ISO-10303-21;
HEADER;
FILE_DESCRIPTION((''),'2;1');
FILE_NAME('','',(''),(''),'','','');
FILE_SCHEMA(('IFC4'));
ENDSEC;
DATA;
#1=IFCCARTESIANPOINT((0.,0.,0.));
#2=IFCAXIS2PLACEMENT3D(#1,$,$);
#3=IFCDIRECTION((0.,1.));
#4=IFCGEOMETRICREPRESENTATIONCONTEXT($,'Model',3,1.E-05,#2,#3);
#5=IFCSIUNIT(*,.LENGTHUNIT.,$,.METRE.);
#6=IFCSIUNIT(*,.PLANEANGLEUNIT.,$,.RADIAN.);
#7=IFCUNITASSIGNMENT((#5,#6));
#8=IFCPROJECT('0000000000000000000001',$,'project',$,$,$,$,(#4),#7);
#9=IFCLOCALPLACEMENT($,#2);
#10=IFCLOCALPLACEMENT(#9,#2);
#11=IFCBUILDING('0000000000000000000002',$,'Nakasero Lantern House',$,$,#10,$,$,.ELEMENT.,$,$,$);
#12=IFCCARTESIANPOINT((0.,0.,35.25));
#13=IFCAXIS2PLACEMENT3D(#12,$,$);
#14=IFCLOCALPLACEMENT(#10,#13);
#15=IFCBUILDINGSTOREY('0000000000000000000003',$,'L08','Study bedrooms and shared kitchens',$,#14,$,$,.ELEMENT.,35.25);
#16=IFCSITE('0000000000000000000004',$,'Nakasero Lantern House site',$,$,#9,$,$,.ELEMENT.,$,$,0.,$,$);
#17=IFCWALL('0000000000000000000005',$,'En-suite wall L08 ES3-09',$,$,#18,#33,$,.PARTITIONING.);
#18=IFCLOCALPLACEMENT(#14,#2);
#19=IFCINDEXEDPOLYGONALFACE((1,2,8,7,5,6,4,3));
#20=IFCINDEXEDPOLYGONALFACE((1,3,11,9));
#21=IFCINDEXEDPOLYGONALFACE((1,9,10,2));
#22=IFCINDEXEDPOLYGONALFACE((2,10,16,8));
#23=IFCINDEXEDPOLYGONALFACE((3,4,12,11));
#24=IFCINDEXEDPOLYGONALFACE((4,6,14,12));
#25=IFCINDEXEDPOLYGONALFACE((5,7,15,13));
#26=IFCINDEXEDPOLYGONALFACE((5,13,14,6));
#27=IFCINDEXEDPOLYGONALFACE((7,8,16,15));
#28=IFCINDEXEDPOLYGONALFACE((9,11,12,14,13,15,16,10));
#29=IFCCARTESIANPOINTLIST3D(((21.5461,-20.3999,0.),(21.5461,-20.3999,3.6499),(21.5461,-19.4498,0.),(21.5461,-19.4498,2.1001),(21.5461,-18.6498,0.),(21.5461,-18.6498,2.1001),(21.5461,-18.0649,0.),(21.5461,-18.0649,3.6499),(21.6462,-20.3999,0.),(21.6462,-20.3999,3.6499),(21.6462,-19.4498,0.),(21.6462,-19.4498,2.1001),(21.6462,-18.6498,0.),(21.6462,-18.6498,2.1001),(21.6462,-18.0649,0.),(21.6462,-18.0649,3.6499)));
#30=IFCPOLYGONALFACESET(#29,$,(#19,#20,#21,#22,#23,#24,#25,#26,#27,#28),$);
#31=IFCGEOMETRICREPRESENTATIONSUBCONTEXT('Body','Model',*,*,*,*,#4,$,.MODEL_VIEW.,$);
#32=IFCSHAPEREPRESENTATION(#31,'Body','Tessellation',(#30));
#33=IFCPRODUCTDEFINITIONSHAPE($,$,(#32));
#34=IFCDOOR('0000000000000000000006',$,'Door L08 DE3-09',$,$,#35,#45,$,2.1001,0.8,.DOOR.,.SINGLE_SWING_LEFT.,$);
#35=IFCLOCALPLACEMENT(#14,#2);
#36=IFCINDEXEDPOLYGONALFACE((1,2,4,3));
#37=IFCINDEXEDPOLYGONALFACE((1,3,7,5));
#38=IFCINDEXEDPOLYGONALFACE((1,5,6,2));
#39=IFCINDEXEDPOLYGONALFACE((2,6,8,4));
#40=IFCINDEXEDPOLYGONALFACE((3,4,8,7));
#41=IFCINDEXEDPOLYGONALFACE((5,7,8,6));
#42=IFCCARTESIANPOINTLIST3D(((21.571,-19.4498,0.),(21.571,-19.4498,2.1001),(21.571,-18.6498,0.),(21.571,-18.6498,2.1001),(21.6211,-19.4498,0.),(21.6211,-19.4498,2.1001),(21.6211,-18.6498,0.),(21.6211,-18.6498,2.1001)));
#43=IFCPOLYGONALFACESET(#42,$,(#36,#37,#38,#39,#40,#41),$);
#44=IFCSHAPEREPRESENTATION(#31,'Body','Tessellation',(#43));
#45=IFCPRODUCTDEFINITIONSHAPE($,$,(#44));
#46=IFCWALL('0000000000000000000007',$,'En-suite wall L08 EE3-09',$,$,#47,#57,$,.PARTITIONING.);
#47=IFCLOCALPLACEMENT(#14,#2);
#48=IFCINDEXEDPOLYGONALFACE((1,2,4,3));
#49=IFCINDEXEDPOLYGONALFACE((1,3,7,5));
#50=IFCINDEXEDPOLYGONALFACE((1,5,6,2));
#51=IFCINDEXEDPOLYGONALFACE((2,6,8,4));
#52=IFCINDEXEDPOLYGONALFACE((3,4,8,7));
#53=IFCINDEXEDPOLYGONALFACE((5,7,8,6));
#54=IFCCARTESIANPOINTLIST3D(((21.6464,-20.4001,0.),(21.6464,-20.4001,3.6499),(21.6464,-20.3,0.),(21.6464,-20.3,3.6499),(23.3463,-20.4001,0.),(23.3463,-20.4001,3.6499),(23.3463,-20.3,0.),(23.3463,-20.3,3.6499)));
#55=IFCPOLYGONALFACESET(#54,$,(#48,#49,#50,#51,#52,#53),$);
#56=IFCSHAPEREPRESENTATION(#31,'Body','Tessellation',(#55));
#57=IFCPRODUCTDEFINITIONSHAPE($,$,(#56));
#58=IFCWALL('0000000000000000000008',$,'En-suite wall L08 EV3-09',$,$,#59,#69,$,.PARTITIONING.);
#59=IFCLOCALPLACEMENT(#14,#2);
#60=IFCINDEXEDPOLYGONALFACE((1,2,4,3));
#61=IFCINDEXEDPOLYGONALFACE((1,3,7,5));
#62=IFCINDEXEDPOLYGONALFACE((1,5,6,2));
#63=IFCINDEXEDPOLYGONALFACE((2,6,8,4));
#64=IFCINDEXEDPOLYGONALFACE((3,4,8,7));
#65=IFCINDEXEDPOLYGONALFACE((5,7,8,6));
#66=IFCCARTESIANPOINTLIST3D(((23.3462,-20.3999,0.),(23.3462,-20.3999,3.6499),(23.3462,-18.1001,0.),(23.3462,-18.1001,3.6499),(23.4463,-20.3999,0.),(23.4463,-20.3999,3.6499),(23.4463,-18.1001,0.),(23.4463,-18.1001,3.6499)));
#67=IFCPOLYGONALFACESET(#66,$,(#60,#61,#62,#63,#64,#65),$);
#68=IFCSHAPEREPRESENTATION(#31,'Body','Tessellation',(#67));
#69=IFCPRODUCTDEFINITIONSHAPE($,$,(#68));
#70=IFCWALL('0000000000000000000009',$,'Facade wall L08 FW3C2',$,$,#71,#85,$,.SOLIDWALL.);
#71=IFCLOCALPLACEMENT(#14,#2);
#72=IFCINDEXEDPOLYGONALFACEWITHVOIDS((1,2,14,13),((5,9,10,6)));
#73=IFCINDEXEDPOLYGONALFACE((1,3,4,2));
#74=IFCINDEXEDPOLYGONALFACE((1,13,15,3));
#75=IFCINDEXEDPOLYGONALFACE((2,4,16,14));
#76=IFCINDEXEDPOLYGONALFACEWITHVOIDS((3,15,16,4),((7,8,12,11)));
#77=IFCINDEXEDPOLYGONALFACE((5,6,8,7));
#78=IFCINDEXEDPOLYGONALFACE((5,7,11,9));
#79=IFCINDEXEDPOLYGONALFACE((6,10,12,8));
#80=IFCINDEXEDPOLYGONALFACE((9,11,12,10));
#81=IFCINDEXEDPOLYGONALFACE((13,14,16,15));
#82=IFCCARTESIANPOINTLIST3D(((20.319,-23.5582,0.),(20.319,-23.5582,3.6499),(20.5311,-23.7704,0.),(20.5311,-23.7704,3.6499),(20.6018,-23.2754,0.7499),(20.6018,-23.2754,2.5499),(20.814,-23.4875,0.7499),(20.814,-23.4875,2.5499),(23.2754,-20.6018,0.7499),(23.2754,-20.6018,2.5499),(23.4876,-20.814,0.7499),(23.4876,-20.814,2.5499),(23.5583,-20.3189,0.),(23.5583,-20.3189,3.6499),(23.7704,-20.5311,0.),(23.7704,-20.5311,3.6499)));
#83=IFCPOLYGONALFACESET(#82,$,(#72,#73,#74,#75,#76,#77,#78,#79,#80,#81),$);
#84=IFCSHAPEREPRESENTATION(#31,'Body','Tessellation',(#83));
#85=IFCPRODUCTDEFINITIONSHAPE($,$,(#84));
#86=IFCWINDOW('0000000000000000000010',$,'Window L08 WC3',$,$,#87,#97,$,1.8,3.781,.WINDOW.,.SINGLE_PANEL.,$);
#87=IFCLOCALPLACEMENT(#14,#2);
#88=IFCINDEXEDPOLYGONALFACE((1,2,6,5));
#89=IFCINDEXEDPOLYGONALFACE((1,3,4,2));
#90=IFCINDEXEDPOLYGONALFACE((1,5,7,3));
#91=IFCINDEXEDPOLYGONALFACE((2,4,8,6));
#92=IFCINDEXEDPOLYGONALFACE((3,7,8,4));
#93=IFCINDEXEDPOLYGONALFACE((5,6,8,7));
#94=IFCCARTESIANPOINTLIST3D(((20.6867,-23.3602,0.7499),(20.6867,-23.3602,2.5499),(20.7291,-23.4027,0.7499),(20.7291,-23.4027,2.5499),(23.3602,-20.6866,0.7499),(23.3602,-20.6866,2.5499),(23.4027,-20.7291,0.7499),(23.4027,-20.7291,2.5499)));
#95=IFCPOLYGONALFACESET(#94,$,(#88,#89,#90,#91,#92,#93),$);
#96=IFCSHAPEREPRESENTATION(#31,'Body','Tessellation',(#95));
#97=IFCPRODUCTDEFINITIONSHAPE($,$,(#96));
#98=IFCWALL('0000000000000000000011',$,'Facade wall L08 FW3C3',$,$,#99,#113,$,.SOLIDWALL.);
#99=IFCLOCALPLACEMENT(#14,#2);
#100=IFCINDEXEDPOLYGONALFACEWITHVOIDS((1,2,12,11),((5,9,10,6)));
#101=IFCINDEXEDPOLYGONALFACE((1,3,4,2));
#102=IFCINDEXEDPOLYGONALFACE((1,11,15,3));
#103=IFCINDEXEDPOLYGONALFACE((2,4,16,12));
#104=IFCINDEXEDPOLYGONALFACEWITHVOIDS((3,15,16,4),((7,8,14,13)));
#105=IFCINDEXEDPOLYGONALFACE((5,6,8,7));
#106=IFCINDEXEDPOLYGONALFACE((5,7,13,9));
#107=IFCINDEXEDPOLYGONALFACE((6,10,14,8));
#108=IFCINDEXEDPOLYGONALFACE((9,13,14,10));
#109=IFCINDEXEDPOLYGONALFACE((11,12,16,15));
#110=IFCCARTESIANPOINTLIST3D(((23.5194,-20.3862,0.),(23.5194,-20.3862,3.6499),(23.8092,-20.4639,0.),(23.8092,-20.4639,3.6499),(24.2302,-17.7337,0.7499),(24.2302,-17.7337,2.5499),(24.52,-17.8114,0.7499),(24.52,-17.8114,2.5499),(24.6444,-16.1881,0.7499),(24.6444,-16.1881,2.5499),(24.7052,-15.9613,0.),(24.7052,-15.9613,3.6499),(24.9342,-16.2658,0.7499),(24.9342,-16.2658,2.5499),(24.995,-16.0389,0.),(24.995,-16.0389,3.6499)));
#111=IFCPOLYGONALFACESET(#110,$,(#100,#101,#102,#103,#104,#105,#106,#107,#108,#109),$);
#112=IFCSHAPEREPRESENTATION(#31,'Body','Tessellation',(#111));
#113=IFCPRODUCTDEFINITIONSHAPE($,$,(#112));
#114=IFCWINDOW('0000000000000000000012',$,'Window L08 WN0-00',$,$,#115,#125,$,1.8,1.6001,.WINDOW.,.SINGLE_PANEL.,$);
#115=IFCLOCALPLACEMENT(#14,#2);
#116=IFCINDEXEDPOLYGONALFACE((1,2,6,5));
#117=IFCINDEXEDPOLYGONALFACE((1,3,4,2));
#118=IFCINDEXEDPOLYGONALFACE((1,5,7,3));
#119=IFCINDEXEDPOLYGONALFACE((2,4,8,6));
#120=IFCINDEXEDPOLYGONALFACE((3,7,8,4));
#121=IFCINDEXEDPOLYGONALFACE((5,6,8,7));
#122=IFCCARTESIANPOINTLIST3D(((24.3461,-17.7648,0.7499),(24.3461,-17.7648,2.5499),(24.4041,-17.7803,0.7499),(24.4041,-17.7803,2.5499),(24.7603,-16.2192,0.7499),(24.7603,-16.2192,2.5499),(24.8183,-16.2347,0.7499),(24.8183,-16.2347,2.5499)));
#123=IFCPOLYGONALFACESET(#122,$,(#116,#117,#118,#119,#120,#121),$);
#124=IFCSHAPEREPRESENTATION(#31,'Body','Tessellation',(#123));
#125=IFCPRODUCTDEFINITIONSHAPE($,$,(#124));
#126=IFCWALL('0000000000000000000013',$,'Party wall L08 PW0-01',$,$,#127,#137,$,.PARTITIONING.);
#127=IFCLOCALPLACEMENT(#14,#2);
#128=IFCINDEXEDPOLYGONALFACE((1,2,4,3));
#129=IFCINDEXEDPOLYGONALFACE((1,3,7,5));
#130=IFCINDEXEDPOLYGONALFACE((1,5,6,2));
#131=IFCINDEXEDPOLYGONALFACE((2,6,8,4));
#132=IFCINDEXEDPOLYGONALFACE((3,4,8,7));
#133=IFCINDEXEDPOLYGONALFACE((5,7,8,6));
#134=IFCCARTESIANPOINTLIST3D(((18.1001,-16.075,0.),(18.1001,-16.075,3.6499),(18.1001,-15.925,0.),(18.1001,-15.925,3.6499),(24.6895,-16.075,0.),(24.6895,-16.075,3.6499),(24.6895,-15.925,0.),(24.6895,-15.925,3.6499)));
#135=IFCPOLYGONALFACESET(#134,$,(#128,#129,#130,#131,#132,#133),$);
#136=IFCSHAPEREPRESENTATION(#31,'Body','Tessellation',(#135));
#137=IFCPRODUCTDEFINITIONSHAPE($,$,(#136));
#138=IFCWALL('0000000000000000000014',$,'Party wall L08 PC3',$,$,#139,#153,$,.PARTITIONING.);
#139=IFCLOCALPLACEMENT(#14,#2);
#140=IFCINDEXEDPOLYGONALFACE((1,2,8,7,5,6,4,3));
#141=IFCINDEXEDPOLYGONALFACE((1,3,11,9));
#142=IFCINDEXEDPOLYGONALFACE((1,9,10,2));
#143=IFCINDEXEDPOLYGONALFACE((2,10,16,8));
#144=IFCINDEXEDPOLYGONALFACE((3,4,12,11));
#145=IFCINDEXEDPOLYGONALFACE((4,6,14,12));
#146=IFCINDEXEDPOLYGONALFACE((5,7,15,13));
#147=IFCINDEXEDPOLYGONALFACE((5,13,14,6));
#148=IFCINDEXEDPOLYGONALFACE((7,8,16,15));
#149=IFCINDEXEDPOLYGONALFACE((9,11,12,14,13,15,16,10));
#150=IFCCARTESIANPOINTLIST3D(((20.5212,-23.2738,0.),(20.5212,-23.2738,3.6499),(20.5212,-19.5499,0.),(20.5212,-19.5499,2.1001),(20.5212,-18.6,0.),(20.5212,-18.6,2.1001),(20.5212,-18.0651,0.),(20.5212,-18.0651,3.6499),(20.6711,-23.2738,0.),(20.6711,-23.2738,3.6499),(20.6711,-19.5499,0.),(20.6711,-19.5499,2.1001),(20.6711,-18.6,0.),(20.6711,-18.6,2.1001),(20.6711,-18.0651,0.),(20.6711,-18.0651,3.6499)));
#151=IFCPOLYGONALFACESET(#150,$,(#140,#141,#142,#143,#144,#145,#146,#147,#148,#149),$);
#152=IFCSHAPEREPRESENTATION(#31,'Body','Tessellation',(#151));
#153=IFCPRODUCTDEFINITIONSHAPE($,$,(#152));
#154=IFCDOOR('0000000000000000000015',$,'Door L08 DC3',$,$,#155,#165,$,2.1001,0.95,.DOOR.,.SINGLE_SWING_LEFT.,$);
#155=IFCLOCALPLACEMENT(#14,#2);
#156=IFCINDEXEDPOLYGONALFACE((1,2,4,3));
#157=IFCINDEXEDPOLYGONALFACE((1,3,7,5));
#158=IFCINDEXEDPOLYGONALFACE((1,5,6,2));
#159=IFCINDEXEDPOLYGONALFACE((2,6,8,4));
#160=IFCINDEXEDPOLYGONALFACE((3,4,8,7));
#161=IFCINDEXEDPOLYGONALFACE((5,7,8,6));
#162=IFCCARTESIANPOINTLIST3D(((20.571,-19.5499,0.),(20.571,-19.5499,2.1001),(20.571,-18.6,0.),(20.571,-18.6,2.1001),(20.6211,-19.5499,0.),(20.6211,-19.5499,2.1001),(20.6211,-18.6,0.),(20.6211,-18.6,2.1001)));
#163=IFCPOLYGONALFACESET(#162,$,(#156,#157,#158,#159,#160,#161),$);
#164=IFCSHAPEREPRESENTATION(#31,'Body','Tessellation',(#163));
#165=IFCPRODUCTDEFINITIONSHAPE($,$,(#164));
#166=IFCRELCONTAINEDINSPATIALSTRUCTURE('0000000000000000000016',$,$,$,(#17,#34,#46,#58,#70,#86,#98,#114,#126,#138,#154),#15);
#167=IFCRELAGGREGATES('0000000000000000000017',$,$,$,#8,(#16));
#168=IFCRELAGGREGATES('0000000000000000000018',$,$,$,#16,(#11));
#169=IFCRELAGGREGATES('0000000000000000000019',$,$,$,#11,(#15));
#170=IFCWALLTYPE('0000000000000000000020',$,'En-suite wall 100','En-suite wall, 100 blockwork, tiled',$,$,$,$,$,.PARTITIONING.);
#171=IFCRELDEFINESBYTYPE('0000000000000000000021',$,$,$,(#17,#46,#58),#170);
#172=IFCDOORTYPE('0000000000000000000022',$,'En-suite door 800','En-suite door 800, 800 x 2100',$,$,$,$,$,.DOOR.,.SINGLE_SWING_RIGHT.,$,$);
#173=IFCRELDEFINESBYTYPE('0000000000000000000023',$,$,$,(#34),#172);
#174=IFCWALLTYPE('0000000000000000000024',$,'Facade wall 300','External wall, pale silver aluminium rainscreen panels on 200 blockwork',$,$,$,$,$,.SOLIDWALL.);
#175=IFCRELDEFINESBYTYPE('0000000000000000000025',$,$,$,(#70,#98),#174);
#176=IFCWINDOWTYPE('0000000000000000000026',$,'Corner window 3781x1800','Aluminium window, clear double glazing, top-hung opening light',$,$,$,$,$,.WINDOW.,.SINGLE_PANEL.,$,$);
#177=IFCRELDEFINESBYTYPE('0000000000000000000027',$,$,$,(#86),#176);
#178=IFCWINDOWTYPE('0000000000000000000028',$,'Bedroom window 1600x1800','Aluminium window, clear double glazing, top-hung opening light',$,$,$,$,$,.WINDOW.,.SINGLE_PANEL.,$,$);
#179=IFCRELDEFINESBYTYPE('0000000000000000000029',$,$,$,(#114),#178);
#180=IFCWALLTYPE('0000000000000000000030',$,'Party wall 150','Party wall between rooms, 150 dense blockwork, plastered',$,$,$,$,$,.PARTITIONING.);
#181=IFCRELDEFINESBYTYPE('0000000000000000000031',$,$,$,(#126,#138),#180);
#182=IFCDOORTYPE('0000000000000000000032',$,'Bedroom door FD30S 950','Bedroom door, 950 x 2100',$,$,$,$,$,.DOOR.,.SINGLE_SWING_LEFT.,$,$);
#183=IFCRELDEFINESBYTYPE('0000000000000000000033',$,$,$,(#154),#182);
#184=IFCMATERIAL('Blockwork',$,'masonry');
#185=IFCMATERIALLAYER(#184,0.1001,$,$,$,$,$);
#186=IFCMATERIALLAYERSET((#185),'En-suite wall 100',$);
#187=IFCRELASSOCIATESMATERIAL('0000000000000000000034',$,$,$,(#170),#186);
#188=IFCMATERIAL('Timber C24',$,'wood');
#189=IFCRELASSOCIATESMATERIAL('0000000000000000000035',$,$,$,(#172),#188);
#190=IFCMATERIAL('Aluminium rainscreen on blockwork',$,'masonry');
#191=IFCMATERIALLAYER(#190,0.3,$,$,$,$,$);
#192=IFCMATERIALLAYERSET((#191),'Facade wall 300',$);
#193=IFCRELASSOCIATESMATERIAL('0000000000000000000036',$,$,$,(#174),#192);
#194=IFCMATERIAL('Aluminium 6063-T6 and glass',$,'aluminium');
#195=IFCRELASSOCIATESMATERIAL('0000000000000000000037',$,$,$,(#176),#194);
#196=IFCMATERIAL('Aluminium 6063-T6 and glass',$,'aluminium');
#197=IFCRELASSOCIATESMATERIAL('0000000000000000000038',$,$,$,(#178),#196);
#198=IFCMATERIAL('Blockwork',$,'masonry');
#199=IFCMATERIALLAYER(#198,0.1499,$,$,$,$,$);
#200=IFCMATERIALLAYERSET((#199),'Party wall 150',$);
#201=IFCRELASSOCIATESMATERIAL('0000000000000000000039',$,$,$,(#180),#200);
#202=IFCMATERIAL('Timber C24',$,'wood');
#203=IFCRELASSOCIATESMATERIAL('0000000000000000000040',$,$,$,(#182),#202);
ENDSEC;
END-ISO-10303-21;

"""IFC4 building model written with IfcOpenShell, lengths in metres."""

from ifc_helpers import new_model, si_unit, direction, frame, frame_2d, origin, place, context, subcontext, project, spatial, rectangle, extrude, material, layer, layer_set, type_object, element, fill, save


model = new_model("IFC4")

# Units and contexts
model_context = context("Model", 3, precision=1e-05, world=origin(), true_north=direction((0.0, 1.0)))
body_context = subcontext(model_context, "Body", "Model", "MODEL_VIEW")
ifc_project = project(units=[si_unit("LENGTHUNIT", "METRE"), si_unit("PLANEANGLEUNIT", "RADIAN")], contexts=[model_context])

# Site, building, storey
site_placement = place(None, origin())
site = spatial("IfcSite", under=ifc_project, at=site_placement, Name="Nakasero Lantern House site", CompositionType="ELEMENT", RefElevation=0.0)
building_placement = place(site_placement, origin())
building = spatial("IfcBuilding", under=site, at=building_placement, Name="Nakasero Lantern House", CompositionType="ELEMENT")
storey_placement = place(building_placement, frame((0.0, 0.0, 35.25)))
storey = spatial("IfcBuildingStorey", under=building, at=storey_placement, Name="L08", Description="Study bedrooms and shared kitchens", CompositionType="ELEMENT", Elevation=35.25)

# Wall, opening, door
ifc_material_1 = material(Name="Blockwork", Category="masonry")
ifc_layer_1 = layer(ifc_material_1, 0.1001)
ifc_layer_set_1 = layer_set([ifc_layer_1], Name="En-suite wall 100")
wall_type_1 = type_object("IfcWallType", Name="En-suite wall 100", Description="En-suite wall, 100 blockwork, tiled", PredefinedType="PARTITIONING", material=ifc_layer_set_1)
wall_1_placement = place(storey_placement, frame((21.5962, -18.0649, 0.0), z_axis=(0.0, 0.0, 1.0), x_axis=(0.0, -1.0, 0.0)))
wall_1 = element("IfcWall", 1, at=wall_1_placement, inside=storey, type_object=wall_type_1, Name="En-suite wall L08 ES3-09", PredefinedType="PARTITIONING", context=body_context, shape_type="SweptSolid", body=[
    extrude(rectangle(XDim=2.335, YDim=0.1001, at=frame_2d((1.1675, 0.0))), origin(), (0.0, 0.0, 1.0), 3.6499),
])
opening_1_placement = place(wall_1_placement, frame((0.585, 0.0, 0.0)))
opening_1 = element("IfcOpeningElement", 2, at=opening_1_placement, cuts=wall_1, PredefinedType="OPENING", context=body_context, shape_type="SweptSolid", body=[
    extrude(rectangle(XDim=0.8, YDim=2.1001, at=frame_2d((0.3999, 1.05))), frame((0.0, 0.0701, 0.0), z_axis=(0.0, -1.0, 0.0), x_axis=(1.0, 0.0, 0.0)), (0.0, 0.0, 1.0), 0.1401),
])
ifc_material_2 = material(Name="Timber C24", Category="wood")
door_type_1 = type_object("IfcDoorType", Name="En-suite door 800", Description="En-suite door 800, 800 x 2100", OperationType="SINGLE_SWING_RIGHT", PredefinedType="DOOR", material=ifc_material_2)
door_1_placement = place(opening_1_placement, origin())
door_1 = element("IfcDoor", 3, at=door_1_placement, inside=storey, type_object=door_type_1, Name="Door L08 DE3-09", OperationType="SINGLE_SWING_LEFT", OverallHeight=2.1001, OverallWidth=0.8, PredefinedType="DOOR", context=body_context, shape_type="SweptSolid", body=[
    extrude(rectangle(XDim=0.8, YDim=2.1001, at=frame_2d((0.3999, 1.05))), frame((0.0, 0.0249, 0.0), z_axis=(0.0, -1.0, 0.0), x_axis=(1.0, 0.0, 0.0)), (0.0, 0.0, 1.0), 0.05),
])
fill(opening_1, door_1)

# Walls
wall_2_placement = place(storey_placement, frame((21.6462, -20.3501, 0.0), z_axis=(0.0, 0.0, 1.0), x_axis=(1.0, 0.0, 0.0)))
element("IfcWall", 4, at=wall_2_placement, inside=storey, type_object=wall_type_1, Name="En-suite wall L08 EE3-09", PredefinedType="PARTITIONING", context=body_context, shape_type="SweptSolid", body=[
    extrude(rectangle(XDim=1.7, YDim=0.1001, at=frame_2d((0.8501, 0.0))), origin(), (0.0, 0.0, 1.0), 3.6499),
])
wall_3_placement = place(storey_placement, frame((23.3962, -18.1001, 0.0), z_axis=(0.0, 0.0, 1.0), x_axis=(0.0, -1.0, 0.0)))
element("IfcWall", 5, at=wall_3_placement, inside=storey, type_object=wall_type_1, Name="En-suite wall L08 EV3-09", PredefinedType="PARTITIONING", context=body_context, shape_type="SweptSolid", body=[
    extrude(rectangle(XDim=2.2998, YDim=0.1001, at=frame_2d((1.1499, 0.0))), origin(), (0.0, 0.0, 1.0), 3.6499),
])

# Walls, openings, windows
ifc_material_3 = material(Name="Aluminium rainscreen on blockwork", Category="masonry")
ifc_layer_2 = layer(ifc_material_3, 0.3)
ifc_layer_set_2 = layer_set([ifc_layer_2], Name="Facade wall 300")
wall_type_2 = type_object("IfcWallType", Name="Facade wall 300", Description="External wall, pale silver aluminium rainscreen panels on 200 blockwork", PredefinedType="SOLIDWALL", material=ifc_layer_set_2)
wall_4_placement = place(storey_placement, frame((20.425, -23.6643, 0.0), z_axis=(0.0, 0.0, 1.0), x_axis=(0.707107, 0.707107, 0.0)))
wall_4 = element("IfcWall", 6, at=wall_4_placement, inside=storey, type_object=wall_type_2, Name="Facade wall L08 FW3C2", PredefinedType="SOLIDWALL", context=body_context, shape_type="SweptSolid", body=[
    extrude(rectangle(XDim=4.5811, YDim=0.3, at=frame_2d((2.2905, 0.0))), origin(), (0.0, 0.0, 1.0), 3.6499),
])
opening_2_placement = place(wall_4_placement, frame((0.3999, 0.0, 0.75)))
opening_2 = element("IfcOpeningElement", 7, at=opening_2_placement, cuts=wall_4, PredefinedType="OPENING", context=body_context, shape_type="SweptSolid", body=[
    extrude(rectangle(XDim=3.781, YDim=1.8, at=frame_2d((1.8906, 0.8999))), frame((0.0, 0.1699, 0.0), z_axis=(0.0, -1.0, 0.0), x_axis=(1.0, 0.0, 0.0)), (0.0, 0.0, 1.0), 0.3401),
])
ifc_material_4 = material(Name="Aluminium 6063-T6 and glass", Category="aluminium")
window_type_1 = type_object("IfcWindowType", Name="Corner window 3781x1800", Description="Aluminium window, clear double glazing, top-hung opening light", PartitioningType="SINGLE_PANEL", PredefinedType="WINDOW", material=ifc_material_4)
window_1_placement = place(opening_2_placement, origin())
window_1 = element("IfcWindow", 8, at=window_1_placement, inside=storey, type_object=window_type_1, Name="Window L08 WC3", OverallHeight=1.8, OverallWidth=3.781, PartitioningType="SINGLE_PANEL", PredefinedType="WINDOW", context=body_context, shape_type="SweptSolid", body=[
    extrude(rectangle(XDim=3.781, YDim=1.8, at=frame_2d((1.8906, 0.8999))), frame((0.0, 0.03, 0.0), z_axis=(0.0, -1.0, 0.0), x_axis=(1.0, 0.0, 0.0)), (0.0, 0.0, 1.0), 0.0601),
])
fill(opening_2, window_1)
wall_5_placement = place(storey_placement, frame((23.6643, -20.425, 0.0), z_axis=(0.0, 0.0, 1.0), x_axis=(0.25884, 0.96592, 0.0)))
wall_5 = element("IfcWall", 9, at=wall_5_placement, inside=storey, type_object=wall_type_2, Name="Facade wall L08 FW3C3", PredefinedType="SOLIDWALL", context=body_context, shape_type="SweptSolid", body=[
    extrude(rectangle(XDim=4.5811, YDim=0.3, at=frame_2d((2.2905, 0.0))), origin(), (0.0, 0.0, 1.0), 3.6499),
])
opening_3_placement = place(wall_5_placement, frame((2.7461, 0.0, 0.75)))
opening_3 = element("IfcOpeningElement", 10, at=opening_3_placement, cuts=wall_5, PredefinedType="OPENING", context=body_context, shape_type="SweptSolid", body=[
    extrude(rectangle(XDim=1.6001, YDim=1.8, at=frame_2d((0.8, 0.8999))), frame((0.0, 0.1699, 0.0), z_axis=(0.0, -1.0, 0.0), x_axis=(1.0, 0.0, 0.0)), (0.0, 0.0, 1.0), 0.3401),
])
ifc_material_5 = material(Name="Aluminium 6063-T6 and glass", Category="aluminium")
window_type_2 = type_object("IfcWindowType", Name="Bedroom window 1600x1800", Description="Aluminium window, clear double glazing, top-hung opening light", PartitioningType="SINGLE_PANEL", PredefinedType="WINDOW", material=ifc_material_5)
window_2_placement = place(opening_3_placement, origin())
window_2 = element("IfcWindow", 11, at=window_2_placement, inside=storey, type_object=window_type_2, Name="Window L08 WN0-00", OverallHeight=1.8, OverallWidth=1.6001, PartitioningType="SINGLE_PANEL", PredefinedType="WINDOW", context=body_context, shape_type="SweptSolid", body=[
    extrude(rectangle(XDim=1.6001, YDim=1.8, at=frame_2d((0.8, 0.8999))), frame((0.0, 0.03, 0.0), z_axis=(0.0, -1.0, 0.0), x_axis=(1.0, 0.0, 0.0)), (0.0, 0.0, 1.0), 0.0601),
])
fill(opening_3, window_2)

# Wall
ifc_material_6 = material(Name="Blockwork", Category="masonry")
ifc_layer_3 = layer(ifc_material_6, 0.1499)
ifc_layer_set_3 = layer_set([ifc_layer_3], Name="Party wall 150")
wall_type_3 = type_object("IfcWallType", Name="Party wall 150", Description="Party wall between rooms, 150 dense blockwork, plastered", PredefinedType="PARTITIONING", material=ifc_layer_set_3)
wall_6_placement = place(storey_placement, frame((18.1001, -16.0, 0.0), z_axis=(0.0, 0.0, 1.0), x_axis=(1.0, 0.0, 0.0)))
element("IfcWall", 12, at=wall_6_placement, inside=storey, type_object=wall_type_3, Name="Party wall L08 PW0-01", PredefinedType="PARTITIONING", context=body_context, shape_type="SweptSolid", body=[
    extrude(rectangle(XDim=6.5894, YDim=0.1499, at=frame_2d((3.2947, 0.0))), origin(), (0.0, 0.0, 1.0), 3.6499),
])

# Wall, opening, door
wall_7_placement = place(storey_placement, frame((20.5962, -18.0649, 0.0), z_axis=(0.0, 0.0, 1.0), x_axis=(0.0, -1.0, 0.0)))
wall_7 = element("IfcWall", 13, at=wall_7_placement, inside=storey, type_object=wall_type_3, Name="Party wall L08 PC3", PredefinedType="PARTITIONING", context=body_context, shape_type="SweptSolid", body=[
    extrude(rectangle(XDim=5.2087, YDim=0.1499, at=frame_2d((2.6045, 0.0))), origin(), (0.0, 0.0, 1.0), 3.6499),
])
opening_4_placement = place(wall_7_placement, frame((0.5349, 0.0, 0.0)))
opening_4 = element("IfcOpeningElement", 14, at=opening_4_placement, cuts=wall_7, PredefinedType="OPENING", context=body_context, shape_type="SweptSolid", body=[
    extrude(rectangle(XDim=0.95, YDim=2.1001, at=frame_2d((0.4751, 1.05))), frame((0.0, 0.095, 0.0), z_axis=(0.0, -1.0, 0.0), x_axis=(1.0, 0.0, 0.0)), (0.0, 0.0, 1.0), 0.1899),
])
ifc_material_7 = material(Name="Timber C24", Category="wood")
door_type_2 = type_object("IfcDoorType", Name="Bedroom door FD30S 950", Description="Bedroom door, 950 x 2100", OperationType="SINGLE_SWING_LEFT", PredefinedType="DOOR", material=ifc_material_7)
door_2_placement = place(opening_4_placement, origin())
door_2 = element("IfcDoor", 15, at=door_2_placement, inside=storey, type_object=door_type_2, Name="Door L08 DC3", OperationType="SINGLE_SWING_LEFT", OverallHeight=2.1001, OverallWidth=0.95, PredefinedType="DOOR", context=body_context, shape_type="SweptSolid", body=[
    extrude(rectangle(XDim=0.95, YDim=2.1001, at=frame_2d((0.4751, 1.05))), frame((0.0, 0.0249, 0.0), z_axis=(0.0, -1.0, 0.0), x_axis=(1.0, 0.0, 0.0)), (0.0, 0.0, 1.0), 0.05),
])
fill(opening_4, door_2)

save(model, "model.ifc")
